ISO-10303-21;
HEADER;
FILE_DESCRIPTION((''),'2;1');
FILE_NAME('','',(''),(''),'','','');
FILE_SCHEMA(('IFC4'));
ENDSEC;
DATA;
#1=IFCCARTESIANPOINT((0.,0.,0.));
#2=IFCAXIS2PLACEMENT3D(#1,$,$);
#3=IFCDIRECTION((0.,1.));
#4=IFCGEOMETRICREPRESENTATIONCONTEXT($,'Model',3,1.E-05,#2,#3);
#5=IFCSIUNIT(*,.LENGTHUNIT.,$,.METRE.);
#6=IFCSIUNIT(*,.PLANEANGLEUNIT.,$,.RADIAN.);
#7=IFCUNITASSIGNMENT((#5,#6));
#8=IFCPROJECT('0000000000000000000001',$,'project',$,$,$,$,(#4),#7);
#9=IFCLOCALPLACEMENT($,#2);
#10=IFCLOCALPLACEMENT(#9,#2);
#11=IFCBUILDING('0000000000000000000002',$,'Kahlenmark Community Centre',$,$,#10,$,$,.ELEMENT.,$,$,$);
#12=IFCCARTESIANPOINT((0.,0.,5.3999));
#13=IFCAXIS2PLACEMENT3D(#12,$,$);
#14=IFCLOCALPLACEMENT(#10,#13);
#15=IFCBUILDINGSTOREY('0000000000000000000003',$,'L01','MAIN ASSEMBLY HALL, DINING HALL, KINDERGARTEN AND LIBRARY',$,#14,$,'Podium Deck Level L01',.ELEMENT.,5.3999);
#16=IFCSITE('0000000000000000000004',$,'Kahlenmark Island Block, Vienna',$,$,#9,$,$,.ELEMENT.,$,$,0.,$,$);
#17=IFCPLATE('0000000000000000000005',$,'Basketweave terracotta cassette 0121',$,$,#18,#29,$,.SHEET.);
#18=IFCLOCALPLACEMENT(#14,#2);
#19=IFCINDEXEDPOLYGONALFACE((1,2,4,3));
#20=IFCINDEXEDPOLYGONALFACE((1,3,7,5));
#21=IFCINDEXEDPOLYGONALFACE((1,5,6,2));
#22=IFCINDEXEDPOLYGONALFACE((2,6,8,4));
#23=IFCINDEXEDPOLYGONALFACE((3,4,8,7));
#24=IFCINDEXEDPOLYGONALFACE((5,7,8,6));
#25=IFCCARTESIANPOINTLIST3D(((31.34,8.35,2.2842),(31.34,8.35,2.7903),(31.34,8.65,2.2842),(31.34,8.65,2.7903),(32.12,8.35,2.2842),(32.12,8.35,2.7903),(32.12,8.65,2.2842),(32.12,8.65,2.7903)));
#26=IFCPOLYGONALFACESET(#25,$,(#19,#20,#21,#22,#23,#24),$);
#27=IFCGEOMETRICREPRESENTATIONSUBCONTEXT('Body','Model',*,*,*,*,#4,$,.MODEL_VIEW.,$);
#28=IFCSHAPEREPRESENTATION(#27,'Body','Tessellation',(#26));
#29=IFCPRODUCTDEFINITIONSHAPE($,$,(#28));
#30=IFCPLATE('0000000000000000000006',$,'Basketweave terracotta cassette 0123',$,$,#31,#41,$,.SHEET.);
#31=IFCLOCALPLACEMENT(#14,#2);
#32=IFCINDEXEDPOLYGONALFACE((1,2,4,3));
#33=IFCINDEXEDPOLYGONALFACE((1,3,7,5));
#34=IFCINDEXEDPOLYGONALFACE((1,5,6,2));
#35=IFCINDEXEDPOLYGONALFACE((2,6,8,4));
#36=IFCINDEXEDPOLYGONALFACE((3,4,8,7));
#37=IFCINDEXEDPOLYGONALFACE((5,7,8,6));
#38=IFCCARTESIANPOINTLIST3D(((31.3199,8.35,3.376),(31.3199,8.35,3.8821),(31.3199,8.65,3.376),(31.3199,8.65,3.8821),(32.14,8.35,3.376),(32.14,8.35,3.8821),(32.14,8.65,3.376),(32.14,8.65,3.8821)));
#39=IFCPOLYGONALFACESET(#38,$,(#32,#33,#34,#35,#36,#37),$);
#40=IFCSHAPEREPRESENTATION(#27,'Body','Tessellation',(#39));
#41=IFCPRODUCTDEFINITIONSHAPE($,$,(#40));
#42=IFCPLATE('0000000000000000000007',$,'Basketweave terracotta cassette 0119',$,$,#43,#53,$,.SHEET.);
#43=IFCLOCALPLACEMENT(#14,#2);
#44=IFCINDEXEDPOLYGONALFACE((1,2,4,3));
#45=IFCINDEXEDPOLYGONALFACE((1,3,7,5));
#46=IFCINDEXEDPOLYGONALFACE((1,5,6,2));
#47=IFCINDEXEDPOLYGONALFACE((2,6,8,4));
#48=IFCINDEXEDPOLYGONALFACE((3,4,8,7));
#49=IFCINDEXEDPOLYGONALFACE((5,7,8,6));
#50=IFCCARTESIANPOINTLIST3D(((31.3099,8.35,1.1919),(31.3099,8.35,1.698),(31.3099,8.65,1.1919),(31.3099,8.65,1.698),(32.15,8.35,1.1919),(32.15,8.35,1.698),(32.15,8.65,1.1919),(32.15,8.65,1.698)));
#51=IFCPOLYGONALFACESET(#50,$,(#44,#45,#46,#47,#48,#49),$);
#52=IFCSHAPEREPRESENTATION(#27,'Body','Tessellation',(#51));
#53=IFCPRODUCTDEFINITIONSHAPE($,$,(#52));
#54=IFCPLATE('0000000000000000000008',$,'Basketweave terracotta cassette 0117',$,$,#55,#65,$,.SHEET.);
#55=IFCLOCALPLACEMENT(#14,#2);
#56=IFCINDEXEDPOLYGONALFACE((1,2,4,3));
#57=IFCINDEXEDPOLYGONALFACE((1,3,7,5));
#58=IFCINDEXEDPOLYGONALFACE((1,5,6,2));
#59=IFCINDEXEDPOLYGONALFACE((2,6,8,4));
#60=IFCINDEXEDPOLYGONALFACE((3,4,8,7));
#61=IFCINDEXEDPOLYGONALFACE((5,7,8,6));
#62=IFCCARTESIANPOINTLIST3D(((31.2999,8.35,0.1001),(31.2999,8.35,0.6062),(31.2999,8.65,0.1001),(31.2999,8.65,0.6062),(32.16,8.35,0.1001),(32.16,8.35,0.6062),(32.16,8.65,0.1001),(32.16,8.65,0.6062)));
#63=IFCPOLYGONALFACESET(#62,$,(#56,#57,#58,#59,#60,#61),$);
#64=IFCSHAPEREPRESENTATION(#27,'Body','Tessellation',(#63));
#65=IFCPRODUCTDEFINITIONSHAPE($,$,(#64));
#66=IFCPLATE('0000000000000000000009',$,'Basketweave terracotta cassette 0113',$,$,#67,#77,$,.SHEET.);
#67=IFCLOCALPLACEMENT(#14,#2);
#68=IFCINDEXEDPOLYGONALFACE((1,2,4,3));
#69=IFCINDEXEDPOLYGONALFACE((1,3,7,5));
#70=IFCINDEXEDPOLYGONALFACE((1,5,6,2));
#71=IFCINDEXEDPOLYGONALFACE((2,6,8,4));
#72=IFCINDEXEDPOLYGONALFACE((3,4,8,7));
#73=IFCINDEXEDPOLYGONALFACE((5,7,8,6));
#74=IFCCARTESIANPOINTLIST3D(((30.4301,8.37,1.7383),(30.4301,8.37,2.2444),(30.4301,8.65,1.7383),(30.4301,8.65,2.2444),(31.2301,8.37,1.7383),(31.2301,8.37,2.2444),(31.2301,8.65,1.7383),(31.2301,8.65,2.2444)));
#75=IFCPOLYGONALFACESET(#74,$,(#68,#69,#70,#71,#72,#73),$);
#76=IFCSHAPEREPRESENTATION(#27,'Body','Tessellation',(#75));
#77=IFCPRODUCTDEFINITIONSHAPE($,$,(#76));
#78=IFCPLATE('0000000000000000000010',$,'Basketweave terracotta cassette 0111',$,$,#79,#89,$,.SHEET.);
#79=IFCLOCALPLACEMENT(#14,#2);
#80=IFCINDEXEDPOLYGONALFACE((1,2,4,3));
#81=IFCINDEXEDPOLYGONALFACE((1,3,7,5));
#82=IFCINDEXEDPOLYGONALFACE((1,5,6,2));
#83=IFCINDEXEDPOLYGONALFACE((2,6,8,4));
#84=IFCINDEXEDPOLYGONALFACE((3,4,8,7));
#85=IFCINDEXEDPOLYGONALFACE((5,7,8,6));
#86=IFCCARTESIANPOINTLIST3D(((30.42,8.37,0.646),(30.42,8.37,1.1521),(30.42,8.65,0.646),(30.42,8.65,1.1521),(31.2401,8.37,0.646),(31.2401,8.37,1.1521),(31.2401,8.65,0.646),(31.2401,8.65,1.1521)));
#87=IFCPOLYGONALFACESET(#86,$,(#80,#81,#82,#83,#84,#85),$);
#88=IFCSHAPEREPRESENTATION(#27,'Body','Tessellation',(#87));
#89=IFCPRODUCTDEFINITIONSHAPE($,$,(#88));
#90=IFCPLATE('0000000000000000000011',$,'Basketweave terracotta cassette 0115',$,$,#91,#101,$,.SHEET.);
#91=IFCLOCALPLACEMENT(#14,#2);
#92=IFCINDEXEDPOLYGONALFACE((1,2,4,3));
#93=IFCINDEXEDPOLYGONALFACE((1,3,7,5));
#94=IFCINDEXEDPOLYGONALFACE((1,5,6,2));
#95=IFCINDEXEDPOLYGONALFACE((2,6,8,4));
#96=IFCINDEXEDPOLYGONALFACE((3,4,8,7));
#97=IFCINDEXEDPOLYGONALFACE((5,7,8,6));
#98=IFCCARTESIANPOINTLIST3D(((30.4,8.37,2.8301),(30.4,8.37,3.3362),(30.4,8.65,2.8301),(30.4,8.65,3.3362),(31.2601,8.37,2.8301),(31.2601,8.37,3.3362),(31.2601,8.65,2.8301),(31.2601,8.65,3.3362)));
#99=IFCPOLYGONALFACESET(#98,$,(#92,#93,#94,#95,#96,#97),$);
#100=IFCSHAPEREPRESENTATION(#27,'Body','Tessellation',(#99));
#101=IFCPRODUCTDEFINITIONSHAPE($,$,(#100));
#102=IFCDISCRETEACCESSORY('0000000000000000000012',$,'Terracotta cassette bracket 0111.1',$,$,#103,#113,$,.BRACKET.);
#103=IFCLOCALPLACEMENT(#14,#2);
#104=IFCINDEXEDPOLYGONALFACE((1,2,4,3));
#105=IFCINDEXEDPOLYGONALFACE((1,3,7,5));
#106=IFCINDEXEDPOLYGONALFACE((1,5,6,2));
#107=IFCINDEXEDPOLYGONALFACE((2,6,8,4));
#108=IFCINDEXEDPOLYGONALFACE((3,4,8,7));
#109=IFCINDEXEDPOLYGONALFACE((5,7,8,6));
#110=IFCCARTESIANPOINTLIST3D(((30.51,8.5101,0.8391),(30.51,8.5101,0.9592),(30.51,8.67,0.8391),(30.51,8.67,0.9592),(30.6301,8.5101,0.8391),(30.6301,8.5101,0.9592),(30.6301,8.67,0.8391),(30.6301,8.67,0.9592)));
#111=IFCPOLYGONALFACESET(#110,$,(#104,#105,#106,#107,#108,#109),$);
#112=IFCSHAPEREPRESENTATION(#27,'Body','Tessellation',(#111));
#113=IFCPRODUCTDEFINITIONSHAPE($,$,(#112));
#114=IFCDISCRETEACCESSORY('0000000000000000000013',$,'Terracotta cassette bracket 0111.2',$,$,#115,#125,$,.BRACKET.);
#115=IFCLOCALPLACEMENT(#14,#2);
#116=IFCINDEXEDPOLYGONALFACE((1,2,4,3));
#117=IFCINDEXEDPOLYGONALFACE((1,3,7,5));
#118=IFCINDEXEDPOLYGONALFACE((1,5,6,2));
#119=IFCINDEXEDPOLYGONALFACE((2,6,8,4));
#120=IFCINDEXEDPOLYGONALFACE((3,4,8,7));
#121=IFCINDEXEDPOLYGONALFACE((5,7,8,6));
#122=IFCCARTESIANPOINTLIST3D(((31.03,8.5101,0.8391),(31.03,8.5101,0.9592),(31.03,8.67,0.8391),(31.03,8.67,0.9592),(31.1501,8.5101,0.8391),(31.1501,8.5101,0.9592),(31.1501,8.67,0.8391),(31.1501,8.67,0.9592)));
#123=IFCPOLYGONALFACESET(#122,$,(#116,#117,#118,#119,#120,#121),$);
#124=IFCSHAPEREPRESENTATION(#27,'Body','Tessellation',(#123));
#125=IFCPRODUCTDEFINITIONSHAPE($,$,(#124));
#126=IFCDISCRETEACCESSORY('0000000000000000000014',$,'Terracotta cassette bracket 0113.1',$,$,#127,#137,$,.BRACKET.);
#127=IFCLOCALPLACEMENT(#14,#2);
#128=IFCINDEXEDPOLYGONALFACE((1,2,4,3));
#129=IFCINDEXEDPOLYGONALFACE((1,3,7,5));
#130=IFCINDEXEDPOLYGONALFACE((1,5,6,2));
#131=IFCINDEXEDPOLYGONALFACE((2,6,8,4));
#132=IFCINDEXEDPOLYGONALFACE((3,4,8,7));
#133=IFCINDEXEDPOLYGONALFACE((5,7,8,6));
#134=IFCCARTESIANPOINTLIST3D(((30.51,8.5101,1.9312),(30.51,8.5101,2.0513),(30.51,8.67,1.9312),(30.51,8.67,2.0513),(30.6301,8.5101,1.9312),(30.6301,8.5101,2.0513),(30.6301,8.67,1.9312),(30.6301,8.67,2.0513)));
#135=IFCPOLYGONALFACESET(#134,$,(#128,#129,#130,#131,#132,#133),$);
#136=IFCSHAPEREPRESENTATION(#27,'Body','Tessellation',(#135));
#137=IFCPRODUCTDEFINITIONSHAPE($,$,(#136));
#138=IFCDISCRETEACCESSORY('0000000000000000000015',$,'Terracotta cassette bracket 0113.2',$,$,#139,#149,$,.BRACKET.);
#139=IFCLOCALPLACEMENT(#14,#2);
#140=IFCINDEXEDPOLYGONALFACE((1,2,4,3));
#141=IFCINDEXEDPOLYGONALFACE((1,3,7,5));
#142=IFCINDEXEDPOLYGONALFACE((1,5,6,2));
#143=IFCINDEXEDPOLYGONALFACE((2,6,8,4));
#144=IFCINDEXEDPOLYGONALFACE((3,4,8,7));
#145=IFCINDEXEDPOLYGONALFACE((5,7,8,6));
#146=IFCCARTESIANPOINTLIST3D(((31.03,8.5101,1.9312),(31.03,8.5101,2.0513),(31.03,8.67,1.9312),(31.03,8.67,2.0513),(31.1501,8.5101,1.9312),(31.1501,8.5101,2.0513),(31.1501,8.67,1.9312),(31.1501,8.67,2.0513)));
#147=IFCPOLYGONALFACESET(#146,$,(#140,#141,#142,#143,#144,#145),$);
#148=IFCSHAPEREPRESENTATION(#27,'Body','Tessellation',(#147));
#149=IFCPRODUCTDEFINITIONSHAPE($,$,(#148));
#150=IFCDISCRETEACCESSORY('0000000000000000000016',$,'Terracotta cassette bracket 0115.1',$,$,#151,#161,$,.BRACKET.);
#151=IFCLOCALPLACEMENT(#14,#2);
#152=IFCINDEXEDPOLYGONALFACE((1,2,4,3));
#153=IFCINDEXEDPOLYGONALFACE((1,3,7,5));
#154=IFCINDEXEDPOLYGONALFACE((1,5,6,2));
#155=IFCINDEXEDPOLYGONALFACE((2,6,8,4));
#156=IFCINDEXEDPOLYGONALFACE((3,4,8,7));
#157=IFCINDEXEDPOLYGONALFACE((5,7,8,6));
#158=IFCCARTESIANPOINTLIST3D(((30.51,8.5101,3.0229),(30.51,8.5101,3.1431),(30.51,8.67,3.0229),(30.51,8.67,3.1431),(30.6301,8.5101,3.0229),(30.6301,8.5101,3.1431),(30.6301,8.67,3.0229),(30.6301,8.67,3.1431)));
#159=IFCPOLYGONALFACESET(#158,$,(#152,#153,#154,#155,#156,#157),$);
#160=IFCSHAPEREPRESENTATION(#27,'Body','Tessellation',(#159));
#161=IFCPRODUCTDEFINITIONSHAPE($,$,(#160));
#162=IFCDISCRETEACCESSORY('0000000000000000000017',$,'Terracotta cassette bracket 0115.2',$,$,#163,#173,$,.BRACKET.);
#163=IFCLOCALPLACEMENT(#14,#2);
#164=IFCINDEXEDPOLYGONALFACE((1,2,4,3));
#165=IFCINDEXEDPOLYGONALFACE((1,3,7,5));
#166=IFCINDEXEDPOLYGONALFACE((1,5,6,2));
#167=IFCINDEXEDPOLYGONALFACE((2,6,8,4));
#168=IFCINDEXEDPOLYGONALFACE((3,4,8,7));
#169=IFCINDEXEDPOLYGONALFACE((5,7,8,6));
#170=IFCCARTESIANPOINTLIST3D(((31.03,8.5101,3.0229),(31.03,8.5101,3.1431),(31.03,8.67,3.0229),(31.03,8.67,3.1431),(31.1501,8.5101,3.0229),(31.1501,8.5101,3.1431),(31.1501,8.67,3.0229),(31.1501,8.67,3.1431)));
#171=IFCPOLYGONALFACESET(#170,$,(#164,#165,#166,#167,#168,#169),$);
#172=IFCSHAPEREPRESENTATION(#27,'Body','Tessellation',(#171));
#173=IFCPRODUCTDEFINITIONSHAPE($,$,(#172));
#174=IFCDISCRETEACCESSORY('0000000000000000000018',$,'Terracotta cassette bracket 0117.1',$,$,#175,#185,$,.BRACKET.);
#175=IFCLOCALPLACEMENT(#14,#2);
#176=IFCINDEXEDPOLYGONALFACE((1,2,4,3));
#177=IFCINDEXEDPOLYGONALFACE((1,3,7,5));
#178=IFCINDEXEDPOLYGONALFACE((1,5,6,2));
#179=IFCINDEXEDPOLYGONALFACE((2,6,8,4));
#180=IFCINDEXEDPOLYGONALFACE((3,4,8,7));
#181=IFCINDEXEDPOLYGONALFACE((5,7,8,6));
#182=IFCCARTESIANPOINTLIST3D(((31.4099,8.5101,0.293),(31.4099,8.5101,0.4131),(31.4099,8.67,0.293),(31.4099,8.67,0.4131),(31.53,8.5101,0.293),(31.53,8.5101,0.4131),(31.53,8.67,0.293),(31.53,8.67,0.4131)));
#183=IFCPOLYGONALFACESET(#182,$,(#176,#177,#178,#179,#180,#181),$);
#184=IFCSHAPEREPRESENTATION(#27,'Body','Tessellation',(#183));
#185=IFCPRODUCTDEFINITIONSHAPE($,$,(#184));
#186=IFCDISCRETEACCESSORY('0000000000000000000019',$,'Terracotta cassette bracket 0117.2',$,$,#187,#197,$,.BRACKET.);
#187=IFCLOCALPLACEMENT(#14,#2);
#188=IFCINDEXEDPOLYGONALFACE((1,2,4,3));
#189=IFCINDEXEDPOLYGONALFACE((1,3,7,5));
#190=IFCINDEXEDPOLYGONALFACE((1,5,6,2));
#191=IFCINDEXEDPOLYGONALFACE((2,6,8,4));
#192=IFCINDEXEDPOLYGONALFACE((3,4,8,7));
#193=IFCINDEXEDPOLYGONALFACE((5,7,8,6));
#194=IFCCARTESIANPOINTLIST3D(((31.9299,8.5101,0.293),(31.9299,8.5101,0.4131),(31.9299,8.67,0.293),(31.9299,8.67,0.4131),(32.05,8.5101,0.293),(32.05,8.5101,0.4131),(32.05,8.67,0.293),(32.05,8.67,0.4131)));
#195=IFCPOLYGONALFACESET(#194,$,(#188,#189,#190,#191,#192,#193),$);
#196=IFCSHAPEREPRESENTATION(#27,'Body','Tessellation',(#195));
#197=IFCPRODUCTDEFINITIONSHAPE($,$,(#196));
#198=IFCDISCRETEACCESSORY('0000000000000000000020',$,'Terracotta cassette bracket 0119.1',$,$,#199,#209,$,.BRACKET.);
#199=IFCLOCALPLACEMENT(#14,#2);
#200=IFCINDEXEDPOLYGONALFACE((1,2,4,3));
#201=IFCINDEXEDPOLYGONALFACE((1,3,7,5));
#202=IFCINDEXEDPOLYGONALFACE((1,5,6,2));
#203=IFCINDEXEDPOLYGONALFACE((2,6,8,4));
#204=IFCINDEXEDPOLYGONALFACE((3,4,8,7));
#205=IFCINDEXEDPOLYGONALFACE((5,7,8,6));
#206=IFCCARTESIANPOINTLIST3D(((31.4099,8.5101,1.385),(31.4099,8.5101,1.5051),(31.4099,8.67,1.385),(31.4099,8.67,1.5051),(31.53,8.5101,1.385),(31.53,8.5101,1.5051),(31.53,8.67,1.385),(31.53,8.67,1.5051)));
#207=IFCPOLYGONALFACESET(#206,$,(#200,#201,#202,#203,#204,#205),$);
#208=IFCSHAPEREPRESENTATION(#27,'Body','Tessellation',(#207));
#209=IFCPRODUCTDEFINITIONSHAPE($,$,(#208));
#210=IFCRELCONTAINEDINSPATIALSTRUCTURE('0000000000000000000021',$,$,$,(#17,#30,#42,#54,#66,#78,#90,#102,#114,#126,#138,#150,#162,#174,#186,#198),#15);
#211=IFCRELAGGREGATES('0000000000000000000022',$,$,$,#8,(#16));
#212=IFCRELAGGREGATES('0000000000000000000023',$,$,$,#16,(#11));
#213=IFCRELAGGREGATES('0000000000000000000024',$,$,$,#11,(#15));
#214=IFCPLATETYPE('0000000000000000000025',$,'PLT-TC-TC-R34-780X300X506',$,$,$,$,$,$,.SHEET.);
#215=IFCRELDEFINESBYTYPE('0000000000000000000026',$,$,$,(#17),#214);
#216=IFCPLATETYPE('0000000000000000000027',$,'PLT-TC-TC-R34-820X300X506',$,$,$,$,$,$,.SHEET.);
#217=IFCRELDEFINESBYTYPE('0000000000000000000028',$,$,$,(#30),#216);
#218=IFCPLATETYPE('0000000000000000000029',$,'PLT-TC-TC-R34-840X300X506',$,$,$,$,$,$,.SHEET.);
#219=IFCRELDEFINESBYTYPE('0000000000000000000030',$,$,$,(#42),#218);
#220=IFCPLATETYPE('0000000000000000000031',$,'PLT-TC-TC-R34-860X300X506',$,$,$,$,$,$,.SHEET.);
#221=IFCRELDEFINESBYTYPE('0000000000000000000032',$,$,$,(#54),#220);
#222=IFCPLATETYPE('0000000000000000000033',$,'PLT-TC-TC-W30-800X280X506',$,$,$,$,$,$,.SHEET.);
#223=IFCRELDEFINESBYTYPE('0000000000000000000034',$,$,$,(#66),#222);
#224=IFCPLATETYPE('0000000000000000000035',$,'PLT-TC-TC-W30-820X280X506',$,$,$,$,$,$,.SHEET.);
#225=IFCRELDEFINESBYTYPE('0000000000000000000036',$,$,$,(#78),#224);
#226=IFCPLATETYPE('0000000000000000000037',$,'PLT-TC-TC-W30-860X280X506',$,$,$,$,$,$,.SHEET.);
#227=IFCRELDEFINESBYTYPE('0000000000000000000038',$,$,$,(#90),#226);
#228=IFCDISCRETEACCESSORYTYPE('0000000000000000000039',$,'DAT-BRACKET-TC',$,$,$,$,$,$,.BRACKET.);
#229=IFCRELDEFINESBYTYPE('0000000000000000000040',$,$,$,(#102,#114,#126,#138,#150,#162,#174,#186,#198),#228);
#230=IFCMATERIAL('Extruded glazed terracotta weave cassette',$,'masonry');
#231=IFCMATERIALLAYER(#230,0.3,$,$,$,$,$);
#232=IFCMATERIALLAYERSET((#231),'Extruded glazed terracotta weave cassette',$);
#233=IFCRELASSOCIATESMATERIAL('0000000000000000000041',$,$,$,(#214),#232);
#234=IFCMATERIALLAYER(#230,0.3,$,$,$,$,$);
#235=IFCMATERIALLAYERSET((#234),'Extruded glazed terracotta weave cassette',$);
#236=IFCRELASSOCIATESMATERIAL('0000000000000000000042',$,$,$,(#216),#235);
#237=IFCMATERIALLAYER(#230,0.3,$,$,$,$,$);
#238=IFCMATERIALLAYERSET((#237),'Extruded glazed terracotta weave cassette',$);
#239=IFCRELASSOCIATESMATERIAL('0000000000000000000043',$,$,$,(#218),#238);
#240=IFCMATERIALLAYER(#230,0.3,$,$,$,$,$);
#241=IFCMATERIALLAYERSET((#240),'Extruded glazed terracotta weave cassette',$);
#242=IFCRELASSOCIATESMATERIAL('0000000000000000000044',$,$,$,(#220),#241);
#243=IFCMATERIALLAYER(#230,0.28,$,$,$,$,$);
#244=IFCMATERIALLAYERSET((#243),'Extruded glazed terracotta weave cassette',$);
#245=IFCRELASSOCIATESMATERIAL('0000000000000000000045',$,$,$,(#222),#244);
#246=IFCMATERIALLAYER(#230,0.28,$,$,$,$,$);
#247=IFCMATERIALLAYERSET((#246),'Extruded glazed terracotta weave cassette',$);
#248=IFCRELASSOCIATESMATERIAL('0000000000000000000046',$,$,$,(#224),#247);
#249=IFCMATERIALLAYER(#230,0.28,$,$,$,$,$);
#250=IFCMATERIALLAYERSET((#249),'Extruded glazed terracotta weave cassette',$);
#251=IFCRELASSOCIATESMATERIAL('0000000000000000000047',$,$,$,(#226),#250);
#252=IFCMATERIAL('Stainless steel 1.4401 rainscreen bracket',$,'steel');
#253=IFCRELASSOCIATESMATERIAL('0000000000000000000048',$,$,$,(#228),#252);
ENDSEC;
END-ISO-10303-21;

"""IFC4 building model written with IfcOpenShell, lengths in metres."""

from ifc_helpers import new_model, si_unit, direction, frame, origin, origin_2d, place, context, subcontext, project, spatial, rectangle, extrude, material, layer, layer_set, type_object, element, save


model = new_model("IFC4")

# Units and contexts
model_context = context("Model", 3, precision=1e-05, world=origin(), true_north=direction((0.0, 1.0)))
body_context = subcontext(model_context, "Body", "Model", "MODEL_VIEW")
ifc_project = project(units=[si_unit("LENGTHUNIT", "METRE"), si_unit("PLANEANGLEUNIT", "RADIAN")], contexts=[model_context])

# Site, building, storey
site_placement = place(None, origin())
site = spatial("IfcSite", under=ifc_project, at=site_placement, Name="Kahlenmark Island Block, Vienna", CompositionType="ELEMENT", RefElevation=0.0)
building_placement = place(site_placement, origin())
building = spatial("IfcBuilding", under=site, at=building_placement, Name="Kahlenmark Community Centre", CompositionType="ELEMENT")
storey_placement = place(building_placement, frame((0.0, 0.0, 5.3999)))
storey = spatial("IfcBuildingStorey", under=building, at=storey_placement, Name="L01", Description="MAIN ASSEMBLY HALL, DINING HALL, KINDERGARTEN AND LIBRARY", LongName="Podium Deck Level L01", CompositionType="ELEMENT", Elevation=5.3999)

# Plates
ifc_material_1 = material(Name="Extruded glazed terracotta weave cassette", Category="masonry")
ifc_layer_1 = layer(ifc_material_1, 0.3)
ifc_layer_set_1 = layer_set([ifc_layer_1], Name="Extruded glazed terracotta weave cassette")
plate_type_1 = type_object("IfcPlateType", Name="PLT-TC-TC-R34-780X300X506", PredefinedType="SHEET", material=ifc_layer_set_1)
plate_1_placement = place(storey_placement, frame((31.73, 8.5, 2.2842), z_axis=(0.0, 0.0, 1.0), x_axis=(1.0, 0.0, 0.0)))
element("IfcPlate", 1, at=plate_1_placement, inside=storey, type_object=plate_type_1, Name="Basketweave terracotta cassette 0121", PredefinedType="SHEET", context=body_context, shape_type="SweptSolid", body=[
    extrude(rectangle(XDim=0.78, YDim=0.3, at=origin_2d()), origin(), (0.0, 0.0, 1.0), 0.5061),
])
ifc_layer_2 = layer(ifc_material_1, 0.3)
ifc_layer_set_2 = layer_set([ifc_layer_2], Name="Extruded glazed terracotta weave cassette")
plate_type_2 = type_object("IfcPlateType", Name="PLT-TC-TC-R34-820X300X506", PredefinedType="SHEET", material=ifc_layer_set_2)
plate_2_placement = place(storey_placement, frame((31.73, 8.5, 3.376), z_axis=(0.0, 0.0, 1.0), x_axis=(1.0, 0.0, 0.0)))
element("IfcPlate", 2, at=plate_2_placement, inside=storey, type_object=plate_type_2, Name="Basketweave terracotta cassette 0123", PredefinedType="SHEET", context=body_context, shape_type="SweptSolid", body=[
    extrude(rectangle(XDim=0.8201, YDim=0.3, at=origin_2d()), origin(), (0.0, 0.0, 1.0), 0.5061),
])
ifc_layer_3 = layer(ifc_material_1, 0.3)
ifc_layer_set_3 = layer_set([ifc_layer_3], Name="Extruded glazed terracotta weave cassette")
plate_type_3 = type_object("IfcPlateType", Name="PLT-TC-TC-R34-840X300X506", PredefinedType="SHEET", material=ifc_layer_set_3)
plate_3_placement = place(storey_placement, frame((31.73, 8.5, 1.1919), z_axis=(0.0, 0.0, 1.0), x_axis=(1.0, 0.0, 0.0)))
element("IfcPlate", 3, at=plate_3_placement, inside=storey, type_object=plate_type_3, Name="Basketweave terracotta cassette 0119", PredefinedType="SHEET", context=body_context, shape_type="SweptSolid", body=[
    extrude(rectangle(XDim=0.8401, YDim=0.3, at=origin_2d()), origin(), (0.0, 0.0, 1.0), 0.5061),
])
ifc_layer_4 = layer(ifc_material_1, 0.3)
ifc_layer_set_4 = layer_set([ifc_layer_4], Name="Extruded glazed terracotta weave cassette")
plate_type_4 = type_object("IfcPlateType", Name="PLT-TC-TC-R34-860X300X506", PredefinedType="SHEET", material=ifc_layer_set_4)
plate_4_placement = place(storey_placement, frame((31.73, 8.5, 0.1001), z_axis=(0.0, 0.0, 1.0), x_axis=(1.0, 0.0, 0.0)))
element("IfcPlate", 4, at=plate_4_placement, inside=storey, type_object=plate_type_4, Name="Basketweave terracotta cassette 0117", PredefinedType="SHEET", context=body_context, shape_type="SweptSolid", body=[
    extrude(rectangle(XDim=0.8601, YDim=0.3, at=origin_2d()), origin(), (0.0, 0.0, 1.0), 0.5061),
])
ifc_layer_5 = layer(ifc_material_1, 0.28)
ifc_layer_set_5 = layer_set([ifc_layer_5], Name="Extruded glazed terracotta weave cassette")
plate_type_5 = type_object("IfcPlateType", Name="PLT-TC-TC-W30-800X280X506", PredefinedType="SHEET", material=ifc_layer_set_5)
plate_5_placement = place(storey_placement, frame((30.8301, 8.51, 1.7383), z_axis=(0.0, 0.0, 1.0), x_axis=(1.0, 0.0, 0.0)))
element("IfcPlate", 5, at=plate_5_placement, inside=storey, type_object=plate_type_5, Name="Basketweave terracotta cassette 0113", PredefinedType="SHEET", context=body_context, shape_type="SweptSolid", body=[
    extrude(rectangle(XDim=0.8, YDim=0.28, at=origin_2d()), origin(), (0.0, 0.0, 1.0), 0.5061),
])
ifc_layer_6 = layer(ifc_material_1, 0.28)
ifc_layer_set_6 = layer_set([ifc_layer_6], Name="Extruded glazed terracotta weave cassette")
plate_type_6 = type_object("IfcPlateType", Name="PLT-TC-TC-W30-820X280X506", PredefinedType="SHEET", material=ifc_layer_set_6)
plate_6_placement = place(storey_placement, frame((30.8301, 8.51, 0.646), z_axis=(0.0, 0.0, 1.0), x_axis=(1.0, 0.0, 0.0)))
element("IfcPlate", 6, at=plate_6_placement, inside=storey, type_object=plate_type_6, Name="Basketweave terracotta cassette 0111", PredefinedType="SHEET", context=body_context, shape_type="SweptSolid", body=[
    extrude(rectangle(XDim=0.8201, YDim=0.28, at=origin_2d()), origin(), (0.0, 0.0, 1.0), 0.5061),
])
ifc_layer_7 = layer(ifc_material_1, 0.28)
ifc_layer_set_7 = layer_set([ifc_layer_7], Name="Extruded glazed terracotta weave cassette")
plate_type_7 = type_object("IfcPlateType", Name="PLT-TC-TC-W30-860X280X506", PredefinedType="SHEET", material=ifc_layer_set_7)
plate_7_placement = place(storey_placement, frame((30.8301, 8.51, 2.8301), z_axis=(0.0, 0.0, 1.0), x_axis=(1.0, 0.0, 0.0)))
element("IfcPlate", 7, at=plate_7_placement, inside=storey, type_object=plate_type_7, Name="Basketweave terracotta cassette 0115", PredefinedType="SHEET", context=body_context, shape_type="SweptSolid", body=[
    extrude(rectangle(XDim=0.8601, YDim=0.28, at=origin_2d()), origin(), (0.0, 0.0, 1.0), 0.5061),
])

# Discrete accessories
ifc_material_2 = material(Name="Stainless steel 1.4401 rainscreen bracket", Category="steel")
discrete_accessory_type = type_object("IfcDiscreteAccessoryType", Name="DAT-BRACKET-TC", PredefinedType="BRACKET", material=ifc_material_2)
for number, where, z_axis, x_axis, name in (
    (8, (30.5701, 8.5901, 0.8391), (0.0, 0.0, 1.0), (1.0, 0.0, 0.0), "Terracotta cassette bracket 0111.1"),
    (9, (31.0901, 8.5901, 0.8391), (0.0, 0.0, 1.0), (1.0, 0.0, 0.0), "Terracotta cassette bracket 0111.2"),
    (10, (30.5701, 8.5901, 1.9312), (0.0, 0.0, 1.0), (1.0, 0.0, 0.0), "Terracotta cassette bracket 0113.1"),
    (11, (31.0901, 8.5901, 1.9312), (0.0, 0.0, 1.0), (1.0, 0.0, 0.0), "Terracotta cassette bracket 0113.2"),
    (12, (30.5701, 8.5901, 3.0229), (0.0, 0.0, 1.0), (1.0, 0.0, 0.0), "Terracotta cassette bracket 0115.1"),
    (13, (31.0901, 8.5901, 3.0229), (0.0, 0.0, 1.0), (1.0, 0.0, 0.0), "Terracotta cassette bracket 0115.2"),
    (14, (31.47, 8.5901, 0.293), (0.0, 0.0, 1.0), (1.0, 0.0, 0.0), "Terracotta cassette bracket 0117.1"),
    (15, (31.99, 8.5901, 0.293), (0.0, 0.0, 1.0), (1.0, 0.0, 0.0), "Terracotta cassette bracket 0117.2"),
    (16, (31.47, 8.5901, 1.385), (0.0, 0.0, 1.0), (1.0, 0.0, 0.0), "Terracotta cassette bracket 0119.1"),
):
    element("IfcDiscreteAccessory", number, at=place(storey_placement, frame(where, z_axis=z_axis, x_axis=x_axis)), inside=storey, type_object=discrete_accessory_type, Name=name, PredefinedType="BRACKET", context=body_context, shape_type="SweptSolid", body=[
        extrude(rectangle(XDim=0.1201, YDim=0.1599, at=origin_2d()), origin(), (0.0, 0.0, 1.0), 0.1201),
    ])

save(model, "model.ifc")
